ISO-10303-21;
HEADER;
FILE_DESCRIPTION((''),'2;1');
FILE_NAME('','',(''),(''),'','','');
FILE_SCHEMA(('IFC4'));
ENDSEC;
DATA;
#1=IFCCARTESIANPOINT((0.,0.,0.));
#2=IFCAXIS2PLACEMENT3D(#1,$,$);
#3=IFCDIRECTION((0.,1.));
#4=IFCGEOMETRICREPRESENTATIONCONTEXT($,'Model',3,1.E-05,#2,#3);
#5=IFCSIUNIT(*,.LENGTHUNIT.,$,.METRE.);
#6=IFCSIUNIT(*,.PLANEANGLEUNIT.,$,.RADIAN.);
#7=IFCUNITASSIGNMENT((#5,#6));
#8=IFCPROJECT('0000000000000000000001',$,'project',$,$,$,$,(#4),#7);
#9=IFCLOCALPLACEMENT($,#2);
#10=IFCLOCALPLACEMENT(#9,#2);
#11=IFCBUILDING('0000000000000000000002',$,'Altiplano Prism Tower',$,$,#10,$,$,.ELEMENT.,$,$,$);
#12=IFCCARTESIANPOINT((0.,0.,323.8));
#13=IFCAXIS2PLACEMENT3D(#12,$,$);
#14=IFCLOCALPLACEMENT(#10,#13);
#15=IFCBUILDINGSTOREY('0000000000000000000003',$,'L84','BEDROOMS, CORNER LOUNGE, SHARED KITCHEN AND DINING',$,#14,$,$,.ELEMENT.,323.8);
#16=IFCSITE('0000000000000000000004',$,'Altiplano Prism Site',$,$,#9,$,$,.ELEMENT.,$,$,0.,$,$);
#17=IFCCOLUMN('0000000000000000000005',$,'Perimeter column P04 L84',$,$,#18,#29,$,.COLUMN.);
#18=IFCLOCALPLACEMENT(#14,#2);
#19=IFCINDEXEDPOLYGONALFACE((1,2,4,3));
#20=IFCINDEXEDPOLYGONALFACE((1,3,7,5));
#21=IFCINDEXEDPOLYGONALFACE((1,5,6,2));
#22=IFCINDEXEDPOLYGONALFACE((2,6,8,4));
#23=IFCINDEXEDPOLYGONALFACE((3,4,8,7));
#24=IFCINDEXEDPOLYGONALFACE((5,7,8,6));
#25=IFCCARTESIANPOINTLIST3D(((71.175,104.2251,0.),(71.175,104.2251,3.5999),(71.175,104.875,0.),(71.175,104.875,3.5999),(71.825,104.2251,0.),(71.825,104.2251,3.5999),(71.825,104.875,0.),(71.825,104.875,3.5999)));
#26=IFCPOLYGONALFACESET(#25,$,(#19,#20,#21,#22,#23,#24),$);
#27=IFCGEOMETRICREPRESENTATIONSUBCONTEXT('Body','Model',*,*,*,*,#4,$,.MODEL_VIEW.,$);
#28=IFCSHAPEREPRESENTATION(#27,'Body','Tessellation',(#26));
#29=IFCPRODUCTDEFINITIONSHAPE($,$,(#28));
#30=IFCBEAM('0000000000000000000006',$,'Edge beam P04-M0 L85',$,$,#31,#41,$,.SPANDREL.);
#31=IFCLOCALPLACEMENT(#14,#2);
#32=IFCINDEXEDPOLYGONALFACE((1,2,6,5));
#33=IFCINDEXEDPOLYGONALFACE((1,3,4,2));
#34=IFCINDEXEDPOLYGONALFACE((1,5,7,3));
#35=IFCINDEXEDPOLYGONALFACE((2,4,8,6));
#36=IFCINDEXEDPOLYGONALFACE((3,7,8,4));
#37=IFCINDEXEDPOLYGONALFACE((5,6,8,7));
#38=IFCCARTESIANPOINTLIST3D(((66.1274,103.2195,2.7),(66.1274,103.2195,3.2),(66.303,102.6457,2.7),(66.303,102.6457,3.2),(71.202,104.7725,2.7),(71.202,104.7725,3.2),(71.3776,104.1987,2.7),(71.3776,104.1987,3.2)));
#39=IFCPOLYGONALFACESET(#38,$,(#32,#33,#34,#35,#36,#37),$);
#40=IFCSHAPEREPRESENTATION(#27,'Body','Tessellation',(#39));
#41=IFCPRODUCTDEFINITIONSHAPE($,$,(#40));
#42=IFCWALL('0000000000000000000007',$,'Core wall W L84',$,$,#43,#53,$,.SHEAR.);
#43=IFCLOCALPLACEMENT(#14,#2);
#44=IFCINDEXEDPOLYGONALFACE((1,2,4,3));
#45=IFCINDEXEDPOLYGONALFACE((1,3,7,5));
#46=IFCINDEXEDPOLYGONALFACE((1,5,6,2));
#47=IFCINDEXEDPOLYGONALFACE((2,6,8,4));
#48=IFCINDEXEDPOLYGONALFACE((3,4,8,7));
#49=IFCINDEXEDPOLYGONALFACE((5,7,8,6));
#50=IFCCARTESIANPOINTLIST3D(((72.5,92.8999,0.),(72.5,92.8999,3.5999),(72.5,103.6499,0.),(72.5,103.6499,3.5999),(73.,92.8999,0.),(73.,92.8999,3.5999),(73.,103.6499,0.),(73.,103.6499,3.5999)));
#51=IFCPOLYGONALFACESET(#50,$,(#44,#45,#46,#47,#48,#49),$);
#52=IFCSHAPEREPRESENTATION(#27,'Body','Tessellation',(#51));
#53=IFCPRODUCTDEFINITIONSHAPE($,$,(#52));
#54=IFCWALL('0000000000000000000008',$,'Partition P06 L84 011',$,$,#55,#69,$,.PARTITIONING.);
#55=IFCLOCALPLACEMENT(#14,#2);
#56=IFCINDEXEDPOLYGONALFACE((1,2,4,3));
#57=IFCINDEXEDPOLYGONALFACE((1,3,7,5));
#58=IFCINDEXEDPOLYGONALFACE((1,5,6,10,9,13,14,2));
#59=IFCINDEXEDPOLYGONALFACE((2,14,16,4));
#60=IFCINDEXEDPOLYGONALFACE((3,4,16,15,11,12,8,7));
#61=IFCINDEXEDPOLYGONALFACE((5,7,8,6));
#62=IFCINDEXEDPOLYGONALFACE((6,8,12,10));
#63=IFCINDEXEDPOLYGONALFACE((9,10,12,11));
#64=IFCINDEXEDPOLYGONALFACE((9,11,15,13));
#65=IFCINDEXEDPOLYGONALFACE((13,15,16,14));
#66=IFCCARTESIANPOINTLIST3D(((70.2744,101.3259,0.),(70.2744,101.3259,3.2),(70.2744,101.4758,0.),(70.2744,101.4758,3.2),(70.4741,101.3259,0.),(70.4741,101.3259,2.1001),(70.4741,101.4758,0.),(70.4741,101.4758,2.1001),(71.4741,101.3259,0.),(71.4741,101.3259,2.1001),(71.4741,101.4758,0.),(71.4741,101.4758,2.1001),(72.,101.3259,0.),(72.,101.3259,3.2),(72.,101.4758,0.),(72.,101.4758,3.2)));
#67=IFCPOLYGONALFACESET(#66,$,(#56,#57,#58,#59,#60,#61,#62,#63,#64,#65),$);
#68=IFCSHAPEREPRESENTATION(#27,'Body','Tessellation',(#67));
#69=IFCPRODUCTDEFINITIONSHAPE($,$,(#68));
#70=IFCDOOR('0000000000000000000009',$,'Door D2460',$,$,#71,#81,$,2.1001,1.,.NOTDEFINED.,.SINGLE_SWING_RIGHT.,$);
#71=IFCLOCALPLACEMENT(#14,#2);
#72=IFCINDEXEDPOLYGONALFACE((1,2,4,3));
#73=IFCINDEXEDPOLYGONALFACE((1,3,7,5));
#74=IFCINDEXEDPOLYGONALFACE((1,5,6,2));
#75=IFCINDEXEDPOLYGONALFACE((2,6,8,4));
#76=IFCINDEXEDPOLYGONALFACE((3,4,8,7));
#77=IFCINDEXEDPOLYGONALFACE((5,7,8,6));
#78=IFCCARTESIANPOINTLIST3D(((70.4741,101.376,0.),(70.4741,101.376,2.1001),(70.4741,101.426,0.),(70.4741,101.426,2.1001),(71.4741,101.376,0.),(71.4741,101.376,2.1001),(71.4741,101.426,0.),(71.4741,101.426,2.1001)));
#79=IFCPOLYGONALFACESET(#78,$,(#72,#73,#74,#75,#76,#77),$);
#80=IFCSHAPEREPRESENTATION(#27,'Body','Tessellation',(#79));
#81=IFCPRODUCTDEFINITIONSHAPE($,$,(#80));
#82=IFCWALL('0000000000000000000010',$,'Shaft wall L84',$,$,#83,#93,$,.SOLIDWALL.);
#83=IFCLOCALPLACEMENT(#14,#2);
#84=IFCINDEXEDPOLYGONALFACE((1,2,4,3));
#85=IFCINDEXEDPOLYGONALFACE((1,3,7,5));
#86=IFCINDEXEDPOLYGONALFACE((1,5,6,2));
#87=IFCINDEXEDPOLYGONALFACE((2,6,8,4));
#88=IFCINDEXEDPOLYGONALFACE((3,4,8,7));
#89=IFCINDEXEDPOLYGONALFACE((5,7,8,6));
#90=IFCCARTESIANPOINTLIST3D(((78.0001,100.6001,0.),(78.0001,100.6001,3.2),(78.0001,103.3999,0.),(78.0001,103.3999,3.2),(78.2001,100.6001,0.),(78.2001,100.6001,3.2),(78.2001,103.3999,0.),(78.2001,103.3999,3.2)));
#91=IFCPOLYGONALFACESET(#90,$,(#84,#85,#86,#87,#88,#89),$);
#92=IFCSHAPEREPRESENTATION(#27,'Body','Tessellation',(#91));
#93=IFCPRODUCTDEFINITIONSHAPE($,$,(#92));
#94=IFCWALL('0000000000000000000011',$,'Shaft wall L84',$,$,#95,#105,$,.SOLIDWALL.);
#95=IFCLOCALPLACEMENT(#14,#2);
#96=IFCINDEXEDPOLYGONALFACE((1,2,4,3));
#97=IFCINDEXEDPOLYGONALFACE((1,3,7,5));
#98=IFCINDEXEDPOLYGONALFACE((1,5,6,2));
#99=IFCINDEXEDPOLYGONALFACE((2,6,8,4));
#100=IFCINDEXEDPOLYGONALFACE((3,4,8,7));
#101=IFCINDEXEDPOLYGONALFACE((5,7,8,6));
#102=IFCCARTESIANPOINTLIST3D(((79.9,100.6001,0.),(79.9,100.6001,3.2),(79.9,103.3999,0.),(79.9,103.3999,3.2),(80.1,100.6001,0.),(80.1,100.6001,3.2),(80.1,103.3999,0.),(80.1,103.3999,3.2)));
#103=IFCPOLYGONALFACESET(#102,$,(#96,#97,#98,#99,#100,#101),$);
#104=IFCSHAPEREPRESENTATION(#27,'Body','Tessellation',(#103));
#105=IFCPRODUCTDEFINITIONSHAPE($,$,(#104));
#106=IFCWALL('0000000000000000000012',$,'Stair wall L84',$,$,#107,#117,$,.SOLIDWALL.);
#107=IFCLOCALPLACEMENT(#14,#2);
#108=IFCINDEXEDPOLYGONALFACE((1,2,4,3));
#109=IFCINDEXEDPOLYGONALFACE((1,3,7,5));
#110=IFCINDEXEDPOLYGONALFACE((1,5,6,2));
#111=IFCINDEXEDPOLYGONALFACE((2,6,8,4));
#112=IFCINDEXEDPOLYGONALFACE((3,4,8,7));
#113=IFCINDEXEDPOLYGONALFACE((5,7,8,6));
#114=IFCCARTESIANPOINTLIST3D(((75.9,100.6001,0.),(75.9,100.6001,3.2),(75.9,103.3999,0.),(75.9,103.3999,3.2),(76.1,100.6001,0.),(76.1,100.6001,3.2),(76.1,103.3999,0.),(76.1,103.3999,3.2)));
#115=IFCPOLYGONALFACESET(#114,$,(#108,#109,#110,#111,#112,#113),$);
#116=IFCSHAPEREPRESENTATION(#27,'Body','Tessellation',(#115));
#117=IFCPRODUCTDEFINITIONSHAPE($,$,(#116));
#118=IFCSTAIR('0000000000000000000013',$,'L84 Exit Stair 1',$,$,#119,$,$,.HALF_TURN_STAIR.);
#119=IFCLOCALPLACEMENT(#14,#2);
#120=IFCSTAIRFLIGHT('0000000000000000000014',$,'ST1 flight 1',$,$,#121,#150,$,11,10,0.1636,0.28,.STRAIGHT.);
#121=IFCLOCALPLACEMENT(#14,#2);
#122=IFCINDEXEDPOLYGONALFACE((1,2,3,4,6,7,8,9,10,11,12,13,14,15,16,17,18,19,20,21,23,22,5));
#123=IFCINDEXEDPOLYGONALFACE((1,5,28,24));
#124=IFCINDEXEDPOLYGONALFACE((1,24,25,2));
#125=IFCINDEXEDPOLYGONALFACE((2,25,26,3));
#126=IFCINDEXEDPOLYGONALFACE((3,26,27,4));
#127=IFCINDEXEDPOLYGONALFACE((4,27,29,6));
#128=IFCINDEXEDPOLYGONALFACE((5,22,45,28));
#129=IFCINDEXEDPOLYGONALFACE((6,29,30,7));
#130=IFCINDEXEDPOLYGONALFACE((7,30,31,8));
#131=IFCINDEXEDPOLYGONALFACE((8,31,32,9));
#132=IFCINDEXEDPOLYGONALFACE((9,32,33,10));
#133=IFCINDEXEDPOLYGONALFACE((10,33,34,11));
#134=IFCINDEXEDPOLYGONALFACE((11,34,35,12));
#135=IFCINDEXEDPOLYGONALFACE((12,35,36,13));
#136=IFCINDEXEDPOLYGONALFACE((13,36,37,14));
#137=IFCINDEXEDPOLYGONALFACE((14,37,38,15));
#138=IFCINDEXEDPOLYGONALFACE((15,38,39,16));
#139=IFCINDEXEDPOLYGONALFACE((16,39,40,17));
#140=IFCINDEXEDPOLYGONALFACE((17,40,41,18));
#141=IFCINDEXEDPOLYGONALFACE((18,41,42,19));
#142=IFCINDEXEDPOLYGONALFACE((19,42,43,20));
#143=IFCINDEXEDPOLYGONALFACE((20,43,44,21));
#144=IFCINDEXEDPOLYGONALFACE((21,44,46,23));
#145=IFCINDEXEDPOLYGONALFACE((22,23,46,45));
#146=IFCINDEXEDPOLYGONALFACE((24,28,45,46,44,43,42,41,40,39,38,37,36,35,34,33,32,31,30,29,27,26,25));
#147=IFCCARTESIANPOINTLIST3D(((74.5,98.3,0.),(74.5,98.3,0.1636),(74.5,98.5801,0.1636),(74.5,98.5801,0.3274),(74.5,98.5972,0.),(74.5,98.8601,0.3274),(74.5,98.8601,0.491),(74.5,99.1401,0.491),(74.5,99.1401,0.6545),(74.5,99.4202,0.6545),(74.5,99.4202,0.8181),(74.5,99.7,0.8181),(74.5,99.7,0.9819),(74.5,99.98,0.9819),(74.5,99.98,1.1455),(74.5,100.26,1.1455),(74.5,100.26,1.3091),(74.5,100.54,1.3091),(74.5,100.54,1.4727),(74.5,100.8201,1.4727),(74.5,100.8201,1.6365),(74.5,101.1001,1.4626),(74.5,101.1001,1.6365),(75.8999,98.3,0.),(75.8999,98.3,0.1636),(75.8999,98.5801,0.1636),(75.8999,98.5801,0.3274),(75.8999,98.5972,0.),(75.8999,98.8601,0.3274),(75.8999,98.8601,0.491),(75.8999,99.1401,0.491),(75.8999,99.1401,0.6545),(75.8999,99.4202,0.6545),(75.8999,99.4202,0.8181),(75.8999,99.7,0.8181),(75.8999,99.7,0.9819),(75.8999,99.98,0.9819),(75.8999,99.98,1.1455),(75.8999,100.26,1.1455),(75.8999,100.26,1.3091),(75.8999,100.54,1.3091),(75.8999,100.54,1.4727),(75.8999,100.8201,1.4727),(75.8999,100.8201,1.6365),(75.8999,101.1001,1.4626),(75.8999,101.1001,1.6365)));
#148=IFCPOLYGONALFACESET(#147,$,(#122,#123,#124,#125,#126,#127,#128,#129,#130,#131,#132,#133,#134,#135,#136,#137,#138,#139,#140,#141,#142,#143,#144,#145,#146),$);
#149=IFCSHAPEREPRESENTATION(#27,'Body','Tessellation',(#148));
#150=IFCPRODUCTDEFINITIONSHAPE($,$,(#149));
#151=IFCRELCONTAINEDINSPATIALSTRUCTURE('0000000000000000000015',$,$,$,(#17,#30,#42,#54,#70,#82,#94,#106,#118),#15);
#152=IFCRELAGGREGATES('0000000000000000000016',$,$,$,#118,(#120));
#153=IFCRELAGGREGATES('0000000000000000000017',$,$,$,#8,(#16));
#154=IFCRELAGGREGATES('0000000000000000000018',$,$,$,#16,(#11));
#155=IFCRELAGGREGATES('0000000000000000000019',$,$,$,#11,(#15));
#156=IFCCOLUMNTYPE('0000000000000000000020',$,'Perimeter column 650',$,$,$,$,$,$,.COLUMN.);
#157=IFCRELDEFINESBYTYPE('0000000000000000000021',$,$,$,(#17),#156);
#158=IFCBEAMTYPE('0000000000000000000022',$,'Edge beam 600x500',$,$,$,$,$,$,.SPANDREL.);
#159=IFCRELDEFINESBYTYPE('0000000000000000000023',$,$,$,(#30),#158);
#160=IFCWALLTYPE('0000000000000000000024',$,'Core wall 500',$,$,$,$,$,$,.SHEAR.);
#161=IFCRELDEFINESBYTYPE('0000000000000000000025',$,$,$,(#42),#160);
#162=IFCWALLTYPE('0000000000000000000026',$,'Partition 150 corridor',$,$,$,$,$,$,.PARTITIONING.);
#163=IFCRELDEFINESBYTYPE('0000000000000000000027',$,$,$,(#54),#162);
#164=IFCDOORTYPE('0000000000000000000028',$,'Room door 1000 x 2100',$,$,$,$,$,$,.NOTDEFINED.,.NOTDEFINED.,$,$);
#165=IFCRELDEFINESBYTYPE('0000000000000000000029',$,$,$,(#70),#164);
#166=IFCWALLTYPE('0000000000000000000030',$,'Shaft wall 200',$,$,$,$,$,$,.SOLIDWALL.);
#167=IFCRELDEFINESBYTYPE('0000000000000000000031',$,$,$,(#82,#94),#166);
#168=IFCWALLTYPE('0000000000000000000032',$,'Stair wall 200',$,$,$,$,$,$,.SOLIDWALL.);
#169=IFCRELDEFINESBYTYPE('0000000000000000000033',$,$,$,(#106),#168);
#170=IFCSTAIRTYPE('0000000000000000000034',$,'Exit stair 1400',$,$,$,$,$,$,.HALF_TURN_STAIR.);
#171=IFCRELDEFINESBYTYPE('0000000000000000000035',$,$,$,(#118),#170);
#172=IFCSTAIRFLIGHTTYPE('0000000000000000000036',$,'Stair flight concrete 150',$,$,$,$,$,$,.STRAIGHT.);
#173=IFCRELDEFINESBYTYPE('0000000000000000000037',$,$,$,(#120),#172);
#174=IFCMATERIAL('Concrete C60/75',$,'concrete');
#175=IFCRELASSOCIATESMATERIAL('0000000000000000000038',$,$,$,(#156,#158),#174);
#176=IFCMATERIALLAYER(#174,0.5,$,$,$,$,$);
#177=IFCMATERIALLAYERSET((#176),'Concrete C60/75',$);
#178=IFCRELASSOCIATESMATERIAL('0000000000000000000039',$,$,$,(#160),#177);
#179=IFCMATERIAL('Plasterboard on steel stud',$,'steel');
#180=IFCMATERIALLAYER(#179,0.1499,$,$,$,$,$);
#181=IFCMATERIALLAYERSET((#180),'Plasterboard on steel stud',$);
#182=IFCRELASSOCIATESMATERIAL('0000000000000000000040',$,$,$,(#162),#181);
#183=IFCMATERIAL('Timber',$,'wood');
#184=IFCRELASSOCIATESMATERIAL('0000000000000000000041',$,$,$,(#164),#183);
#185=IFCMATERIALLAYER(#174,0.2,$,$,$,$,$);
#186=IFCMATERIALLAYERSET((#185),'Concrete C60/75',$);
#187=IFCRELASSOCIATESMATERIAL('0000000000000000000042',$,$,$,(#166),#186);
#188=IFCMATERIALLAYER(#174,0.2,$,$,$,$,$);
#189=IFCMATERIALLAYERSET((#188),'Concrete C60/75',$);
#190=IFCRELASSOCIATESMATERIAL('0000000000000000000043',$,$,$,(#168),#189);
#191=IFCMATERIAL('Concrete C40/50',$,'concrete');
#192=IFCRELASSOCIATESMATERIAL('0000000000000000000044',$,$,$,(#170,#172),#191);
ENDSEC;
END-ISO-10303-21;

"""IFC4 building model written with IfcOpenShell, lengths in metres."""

from ifc_helpers import new_model, si_unit, direction, frame, frame_2d, origin, origin_2d, place, context, subcontext, project, spatial, polyline, rectangle, outline, extrude, material, layer, layer_set, material_profile, profile_set, type_object, element, fill, aggregate, save


model = new_model("IFC4")

# Units and contexts
model_context = context("Model", 3, precision=1e-05, world=origin(), true_north=direction((0.0, 1.0)))
body_context = subcontext(model_context, "Body", "Model", "MODEL_VIEW")
ifc_project = project(units=[si_unit("LENGTHUNIT", "METRE"), si_unit("PLANEANGLEUNIT", "RADIAN")], contexts=[model_context])

# Site, building, storey
site_placement = place(None, origin())
site = spatial("IfcSite", under=ifc_project, at=site_placement, Name="Altiplano Prism Site", CompositionType="ELEMENT", RefElevation=0.0)
building_placement = place(site_placement, origin())
building = spatial("IfcBuilding", under=site, at=building_placement, Name="Altiplano Prism Tower", CompositionType="ELEMENT")
storey_placement = place(building_placement, frame((0.0, 0.0, 323.8)))
storey = spatial("IfcBuildingStorey", under=building, at=storey_placement, Name="L84", Description="BEDROOMS, CORNER LOUNGE, SHARED KITCHEN AND DINING", CompositionType="ELEMENT", Elevation=323.8)

# Column
ifc_material_1 = material(Name="Concrete C60/75", Category="concrete")
ifc_material_profile_1 = material_profile(ifc_material_1, rectangle(XDim=0.6499, YDim=0.6499, at=origin_2d()), Name="Perimeter column 650")
ifc_profile_set_1 = profile_set([ifc_material_profile_1], Name="Concrete C60/75")
column_type = type_object("IfcColumnType", Name="Perimeter column 650", PredefinedType="COLUMN", material=ifc_profile_set_1)
column_placement = place(storey_placement, frame((71.5, 104.55, 0.0), z_axis=(0.0, 0.0, 1.0), x_axis=(1.0, 0.0, 0.0)))
element("IfcColumn", 1, at=column_placement, inside=storey, type_object=column_type, Name="Perimeter column P04 L84", PredefinedType="COLUMN", context=body_context, shape_type="SweptSolid", body=[
    extrude(rectangle(XDim=0.6499, YDim=0.6499, at=origin_2d()), origin(), (0.0, 0.0, 1.0), 3.5999),
])

# Beam
ifc_material_profile_2 = material_profile(ifc_material_1, rectangle(XDim=0.6001, YDim=0.5, at=origin_2d()), Name="Edge beam 600x500")
ifc_profile_set_2 = profile_set([ifc_material_profile_2], Name="Concrete C60/75")
beam_type = type_object("IfcBeamType", Name="Edge beam 600x500", PredefinedType="SPANDREL", material=ifc_profile_set_2)
beam_placement = place(storey_placement, frame((71.2898, 104.4856, 2.95), z_axis=(-0.956223, -0.29264, 0.0), x_axis=(0.29264, -0.956223, 0.0)))
element("IfcBeam", 2, at=beam_placement, inside=storey, type_object=beam_type, Name="Edge beam P04-M0 L85", PredefinedType="SPANDREL", context=body_context, shape_type="SweptSolid", body=[
    extrude(rectangle(XDim=0.6001, YDim=0.5, at=origin_2d()), origin(), (0.0, 0.0, 1.0), 5.3069),
])

# Wall
ifc_layer_1 = layer(ifc_material_1, 0.5)
ifc_layer_set_1 = layer_set([ifc_layer_1], Name="Concrete C60/75")
wall_type_1 = type_object("IfcWallType", Name="Core wall 500", PredefinedType="SHEAR", material=ifc_layer_set_1)
wall_1_placement = place(storey_placement, frame((72.75, 103.6499, 0.0), z_axis=(0.0, 0.0, 1.0), x_axis=(0.0, -1.0, 0.0)))
element("IfcWall", 3, at=wall_1_placement, inside=storey, type_object=wall_type_1, Name="Core wall W L84", PredefinedType="SHEAR", context=body_context, shape_type="SweptSolid", body=[
    extrude(rectangle(XDim=10.75, YDim=0.5, at=frame_2d((5.375, 0.0))), origin(), (0.0, 0.0, 1.0), 3.5999),
])

# Wall, opening, door
ifc_material_2 = material(Name="Plasterboard on steel stud", Category="steel")
ifc_layer_2 = layer(ifc_material_2, 0.1499)
ifc_layer_set_2 = layer_set([ifc_layer_2], Name="Plasterboard on steel stud")
wall_type_2 = type_object("IfcWallType", Name="Partition 150 corridor", PredefinedType="PARTITIONING", material=ifc_layer_set_2)
wall_2_placement = place(storey_placement, frame((72.0, 101.4009, 0.0), z_axis=(0.0, 0.0, 1.0), x_axis=(-1.0, 0.0, 0.0)))
wall_2 = element("IfcWall", 4, at=wall_2_placement, inside=storey, type_object=wall_type_2, Name="Partition P06 L84 011", PredefinedType="PARTITIONING", context=body_context, shape_type="SweptSolid", body=[
    extrude(rectangle(XDim=1.7256, YDim=0.1499, at=frame_2d((0.8628, 0.0))), origin(), (0.0, 0.0, 1.0), 3.2),
])
opening_1_placement = place(wall_2_placement, frame((0.5259, 0.0, 0.0)))
opening_1 = element("IfcOpeningElement", 5, at=opening_1_placement, cuts=wall_2, PredefinedType="OPENING", context=body_context, shape_type="SweptSolid", body=[
    extrude(rectangle(XDim=1.0, YDim=2.1001, at=frame_2d((0.5, 1.05))), frame((0.0, 0.0854, 0.0), z_axis=(0.0, -1.0, 0.0), x_axis=(1.0, 0.0, 0.0)), (0.0, 0.0, 1.0), 0.1709),
])
ifc_material_3 = material(Name="Timber", Category="wood")
door_type_1 = type_object("IfcDoorType", Name="Room door 1000 x 2100", OperationType="NOTDEFINED", PredefinedType="NOTDEFINED", material=ifc_material_3)
door_1_placement = place(opening_1_placement, origin())
door_1 = element("IfcDoor", 6, at=door_1_placement, inside=storey, type_object=door_type_1, Name="Door D2460", OperationType="SINGLE_SWING_RIGHT", OverallHeight=2.1001, OverallWidth=1.0, PredefinedType="NOTDEFINED", context=body_context, shape_type="SweptSolid", body=[
    extrude(rectangle(XDim=1.0, YDim=2.1001, at=frame_2d((0.5, 1.05))), frame((0.0, 0.0249, 0.0), z_axis=(0.0, -1.0, 0.0), x_axis=(1.0, 0.0, 0.0)), (0.0, 0.0, 1.0), 0.05),
])
fill(opening_1, door_1)

# Walls
ifc_layer_3 = layer(ifc_material_1, 0.2)
ifc_layer_set_3 = layer_set([ifc_layer_3], Name="Concrete C60/75")
wall_type_3 = type_object("IfcWallType", Name="Shaft wall 200", PredefinedType="SOLIDWALL", material=ifc_layer_set_3)
for number, where, z_axis, x_axis, name in (
    (7, (78.1001, 100.6001, 0.0), (0.0, 0.0, 1.0), (0.0, 1.0, 0.0), "Shaft wall L84"),
    (8, (80.0, 100.6001, 0.0), (0.0, 0.0, 1.0), (0.0, 1.0, 0.0), "Shaft wall L84"),
):
    element("IfcWall", number, at=place(storey_placement, frame(where, z_axis=z_axis, x_axis=x_axis)), inside=storey, type_object=wall_type_3, Name=name, PredefinedType="SOLIDWALL", context=body_context, shape_type="SweptSolid", body=[
        extrude(rectangle(XDim=2.7998, YDim=0.2, at=frame_2d((1.3999, 0.0))), origin(), (0.0, 0.0, 1.0), 3.2),
    ])

# Shared definitions
ifc_layer_4 = layer(ifc_material_1, 0.2)
ifc_layer_set_4 = layer_set([ifc_layer_4], Name="Concrete C60/75")
wall_type_4 = type_object("IfcWallType", Name="Stair wall 200", PredefinedType="SOLIDWALL", material=ifc_layer_set_4)

# Wall
wall_3_placement = place(storey_placement, frame((76.0, 100.6001, 0.0), z_axis=(0.0, 0.0, 1.0), x_axis=(0.0, 1.0, 0.0)))
element("IfcWall", 9, at=wall_3_placement, inside=storey, type_object=wall_type_4, Name="Stair wall L84", PredefinedType="SOLIDWALL", context=body_context, shape_type="SweptSolid", body=[
    extrude(rectangle(XDim=2.7998, YDim=0.2, at=frame_2d((1.3999, 0.0))), origin(), (0.0, 0.0, 1.0), 3.2),
])

# Stair, stair flight
ifc_material_4 = material(Name="Concrete C40/50", Category="concrete")
stair_type = type_object("IfcStairType", Name="Exit stair 1400", PredefinedType="HALF_TURN_STAIR", material=ifc_material_4)
stair_placement = place(storey_placement, origin())
stair = element("IfcStair", 10, at=stair_placement, inside=storey, type_object=stair_type, Name="L84 Exit Stair 1", PredefinedType="HALF_TURN_STAIR")
stair_flight_type = type_object("IfcStairFlightType", Name="Stair flight concrete 150", PredefinedType="STRAIGHT", material=ifc_material_4)
stair_flight_1_placement = place(storey_placement, frame((75.2, 98.3, 0.0), z_axis=(0.0, 0.0, 1.0), x_axis=(0.0, 1.0, 0.0)))
stair_flight_1 = element("IfcStairFlight", 11, at=stair_flight_1_placement, type_object=stair_flight_type, Name="ST1 flight 1", NumberOfRisers=11, NumberOfTreads=10, PredefinedType="STRAIGHT", RiserHeight=0.1636, TreadLength=0.28, context=body_context, shape_type="SweptSolid", body=[
    extrude(outline(polyline([(0.0, 0.0), (0.0, 0.1636), (0.28, 0.1636), (0.28, 0.3274), (0.5601, 0.3274), (0.5601, 0.491), (0.8401, 0.491), (0.8401, 0.6545), (1.1201, 0.6545), (1.1201, 0.8181), (1.3999, 0.8181), (1.3999, 0.9819), (1.6799, 0.9819), (1.6799, 1.1455), (1.96, 1.1455), (1.96, 1.3091), (2.24, 1.3091), (2.24, 1.4727), (2.52, 1.4727), (2.52, 1.6365), (2.8, 1.6365), (2.8, 1.8), (2.8, 1.4626), (0.2971, 0.0), (0.0, 0.0)])), frame((0.0, 0.7, 0.0), z_axis=(0.0, -1.0, 0.0), x_axis=(1.0, 0.0, 0.0)), (0.0, 0.0, 1.0), 1.3999),
])
aggregate(stair, [stair_flight_1])

save(model, "model.ifc")
